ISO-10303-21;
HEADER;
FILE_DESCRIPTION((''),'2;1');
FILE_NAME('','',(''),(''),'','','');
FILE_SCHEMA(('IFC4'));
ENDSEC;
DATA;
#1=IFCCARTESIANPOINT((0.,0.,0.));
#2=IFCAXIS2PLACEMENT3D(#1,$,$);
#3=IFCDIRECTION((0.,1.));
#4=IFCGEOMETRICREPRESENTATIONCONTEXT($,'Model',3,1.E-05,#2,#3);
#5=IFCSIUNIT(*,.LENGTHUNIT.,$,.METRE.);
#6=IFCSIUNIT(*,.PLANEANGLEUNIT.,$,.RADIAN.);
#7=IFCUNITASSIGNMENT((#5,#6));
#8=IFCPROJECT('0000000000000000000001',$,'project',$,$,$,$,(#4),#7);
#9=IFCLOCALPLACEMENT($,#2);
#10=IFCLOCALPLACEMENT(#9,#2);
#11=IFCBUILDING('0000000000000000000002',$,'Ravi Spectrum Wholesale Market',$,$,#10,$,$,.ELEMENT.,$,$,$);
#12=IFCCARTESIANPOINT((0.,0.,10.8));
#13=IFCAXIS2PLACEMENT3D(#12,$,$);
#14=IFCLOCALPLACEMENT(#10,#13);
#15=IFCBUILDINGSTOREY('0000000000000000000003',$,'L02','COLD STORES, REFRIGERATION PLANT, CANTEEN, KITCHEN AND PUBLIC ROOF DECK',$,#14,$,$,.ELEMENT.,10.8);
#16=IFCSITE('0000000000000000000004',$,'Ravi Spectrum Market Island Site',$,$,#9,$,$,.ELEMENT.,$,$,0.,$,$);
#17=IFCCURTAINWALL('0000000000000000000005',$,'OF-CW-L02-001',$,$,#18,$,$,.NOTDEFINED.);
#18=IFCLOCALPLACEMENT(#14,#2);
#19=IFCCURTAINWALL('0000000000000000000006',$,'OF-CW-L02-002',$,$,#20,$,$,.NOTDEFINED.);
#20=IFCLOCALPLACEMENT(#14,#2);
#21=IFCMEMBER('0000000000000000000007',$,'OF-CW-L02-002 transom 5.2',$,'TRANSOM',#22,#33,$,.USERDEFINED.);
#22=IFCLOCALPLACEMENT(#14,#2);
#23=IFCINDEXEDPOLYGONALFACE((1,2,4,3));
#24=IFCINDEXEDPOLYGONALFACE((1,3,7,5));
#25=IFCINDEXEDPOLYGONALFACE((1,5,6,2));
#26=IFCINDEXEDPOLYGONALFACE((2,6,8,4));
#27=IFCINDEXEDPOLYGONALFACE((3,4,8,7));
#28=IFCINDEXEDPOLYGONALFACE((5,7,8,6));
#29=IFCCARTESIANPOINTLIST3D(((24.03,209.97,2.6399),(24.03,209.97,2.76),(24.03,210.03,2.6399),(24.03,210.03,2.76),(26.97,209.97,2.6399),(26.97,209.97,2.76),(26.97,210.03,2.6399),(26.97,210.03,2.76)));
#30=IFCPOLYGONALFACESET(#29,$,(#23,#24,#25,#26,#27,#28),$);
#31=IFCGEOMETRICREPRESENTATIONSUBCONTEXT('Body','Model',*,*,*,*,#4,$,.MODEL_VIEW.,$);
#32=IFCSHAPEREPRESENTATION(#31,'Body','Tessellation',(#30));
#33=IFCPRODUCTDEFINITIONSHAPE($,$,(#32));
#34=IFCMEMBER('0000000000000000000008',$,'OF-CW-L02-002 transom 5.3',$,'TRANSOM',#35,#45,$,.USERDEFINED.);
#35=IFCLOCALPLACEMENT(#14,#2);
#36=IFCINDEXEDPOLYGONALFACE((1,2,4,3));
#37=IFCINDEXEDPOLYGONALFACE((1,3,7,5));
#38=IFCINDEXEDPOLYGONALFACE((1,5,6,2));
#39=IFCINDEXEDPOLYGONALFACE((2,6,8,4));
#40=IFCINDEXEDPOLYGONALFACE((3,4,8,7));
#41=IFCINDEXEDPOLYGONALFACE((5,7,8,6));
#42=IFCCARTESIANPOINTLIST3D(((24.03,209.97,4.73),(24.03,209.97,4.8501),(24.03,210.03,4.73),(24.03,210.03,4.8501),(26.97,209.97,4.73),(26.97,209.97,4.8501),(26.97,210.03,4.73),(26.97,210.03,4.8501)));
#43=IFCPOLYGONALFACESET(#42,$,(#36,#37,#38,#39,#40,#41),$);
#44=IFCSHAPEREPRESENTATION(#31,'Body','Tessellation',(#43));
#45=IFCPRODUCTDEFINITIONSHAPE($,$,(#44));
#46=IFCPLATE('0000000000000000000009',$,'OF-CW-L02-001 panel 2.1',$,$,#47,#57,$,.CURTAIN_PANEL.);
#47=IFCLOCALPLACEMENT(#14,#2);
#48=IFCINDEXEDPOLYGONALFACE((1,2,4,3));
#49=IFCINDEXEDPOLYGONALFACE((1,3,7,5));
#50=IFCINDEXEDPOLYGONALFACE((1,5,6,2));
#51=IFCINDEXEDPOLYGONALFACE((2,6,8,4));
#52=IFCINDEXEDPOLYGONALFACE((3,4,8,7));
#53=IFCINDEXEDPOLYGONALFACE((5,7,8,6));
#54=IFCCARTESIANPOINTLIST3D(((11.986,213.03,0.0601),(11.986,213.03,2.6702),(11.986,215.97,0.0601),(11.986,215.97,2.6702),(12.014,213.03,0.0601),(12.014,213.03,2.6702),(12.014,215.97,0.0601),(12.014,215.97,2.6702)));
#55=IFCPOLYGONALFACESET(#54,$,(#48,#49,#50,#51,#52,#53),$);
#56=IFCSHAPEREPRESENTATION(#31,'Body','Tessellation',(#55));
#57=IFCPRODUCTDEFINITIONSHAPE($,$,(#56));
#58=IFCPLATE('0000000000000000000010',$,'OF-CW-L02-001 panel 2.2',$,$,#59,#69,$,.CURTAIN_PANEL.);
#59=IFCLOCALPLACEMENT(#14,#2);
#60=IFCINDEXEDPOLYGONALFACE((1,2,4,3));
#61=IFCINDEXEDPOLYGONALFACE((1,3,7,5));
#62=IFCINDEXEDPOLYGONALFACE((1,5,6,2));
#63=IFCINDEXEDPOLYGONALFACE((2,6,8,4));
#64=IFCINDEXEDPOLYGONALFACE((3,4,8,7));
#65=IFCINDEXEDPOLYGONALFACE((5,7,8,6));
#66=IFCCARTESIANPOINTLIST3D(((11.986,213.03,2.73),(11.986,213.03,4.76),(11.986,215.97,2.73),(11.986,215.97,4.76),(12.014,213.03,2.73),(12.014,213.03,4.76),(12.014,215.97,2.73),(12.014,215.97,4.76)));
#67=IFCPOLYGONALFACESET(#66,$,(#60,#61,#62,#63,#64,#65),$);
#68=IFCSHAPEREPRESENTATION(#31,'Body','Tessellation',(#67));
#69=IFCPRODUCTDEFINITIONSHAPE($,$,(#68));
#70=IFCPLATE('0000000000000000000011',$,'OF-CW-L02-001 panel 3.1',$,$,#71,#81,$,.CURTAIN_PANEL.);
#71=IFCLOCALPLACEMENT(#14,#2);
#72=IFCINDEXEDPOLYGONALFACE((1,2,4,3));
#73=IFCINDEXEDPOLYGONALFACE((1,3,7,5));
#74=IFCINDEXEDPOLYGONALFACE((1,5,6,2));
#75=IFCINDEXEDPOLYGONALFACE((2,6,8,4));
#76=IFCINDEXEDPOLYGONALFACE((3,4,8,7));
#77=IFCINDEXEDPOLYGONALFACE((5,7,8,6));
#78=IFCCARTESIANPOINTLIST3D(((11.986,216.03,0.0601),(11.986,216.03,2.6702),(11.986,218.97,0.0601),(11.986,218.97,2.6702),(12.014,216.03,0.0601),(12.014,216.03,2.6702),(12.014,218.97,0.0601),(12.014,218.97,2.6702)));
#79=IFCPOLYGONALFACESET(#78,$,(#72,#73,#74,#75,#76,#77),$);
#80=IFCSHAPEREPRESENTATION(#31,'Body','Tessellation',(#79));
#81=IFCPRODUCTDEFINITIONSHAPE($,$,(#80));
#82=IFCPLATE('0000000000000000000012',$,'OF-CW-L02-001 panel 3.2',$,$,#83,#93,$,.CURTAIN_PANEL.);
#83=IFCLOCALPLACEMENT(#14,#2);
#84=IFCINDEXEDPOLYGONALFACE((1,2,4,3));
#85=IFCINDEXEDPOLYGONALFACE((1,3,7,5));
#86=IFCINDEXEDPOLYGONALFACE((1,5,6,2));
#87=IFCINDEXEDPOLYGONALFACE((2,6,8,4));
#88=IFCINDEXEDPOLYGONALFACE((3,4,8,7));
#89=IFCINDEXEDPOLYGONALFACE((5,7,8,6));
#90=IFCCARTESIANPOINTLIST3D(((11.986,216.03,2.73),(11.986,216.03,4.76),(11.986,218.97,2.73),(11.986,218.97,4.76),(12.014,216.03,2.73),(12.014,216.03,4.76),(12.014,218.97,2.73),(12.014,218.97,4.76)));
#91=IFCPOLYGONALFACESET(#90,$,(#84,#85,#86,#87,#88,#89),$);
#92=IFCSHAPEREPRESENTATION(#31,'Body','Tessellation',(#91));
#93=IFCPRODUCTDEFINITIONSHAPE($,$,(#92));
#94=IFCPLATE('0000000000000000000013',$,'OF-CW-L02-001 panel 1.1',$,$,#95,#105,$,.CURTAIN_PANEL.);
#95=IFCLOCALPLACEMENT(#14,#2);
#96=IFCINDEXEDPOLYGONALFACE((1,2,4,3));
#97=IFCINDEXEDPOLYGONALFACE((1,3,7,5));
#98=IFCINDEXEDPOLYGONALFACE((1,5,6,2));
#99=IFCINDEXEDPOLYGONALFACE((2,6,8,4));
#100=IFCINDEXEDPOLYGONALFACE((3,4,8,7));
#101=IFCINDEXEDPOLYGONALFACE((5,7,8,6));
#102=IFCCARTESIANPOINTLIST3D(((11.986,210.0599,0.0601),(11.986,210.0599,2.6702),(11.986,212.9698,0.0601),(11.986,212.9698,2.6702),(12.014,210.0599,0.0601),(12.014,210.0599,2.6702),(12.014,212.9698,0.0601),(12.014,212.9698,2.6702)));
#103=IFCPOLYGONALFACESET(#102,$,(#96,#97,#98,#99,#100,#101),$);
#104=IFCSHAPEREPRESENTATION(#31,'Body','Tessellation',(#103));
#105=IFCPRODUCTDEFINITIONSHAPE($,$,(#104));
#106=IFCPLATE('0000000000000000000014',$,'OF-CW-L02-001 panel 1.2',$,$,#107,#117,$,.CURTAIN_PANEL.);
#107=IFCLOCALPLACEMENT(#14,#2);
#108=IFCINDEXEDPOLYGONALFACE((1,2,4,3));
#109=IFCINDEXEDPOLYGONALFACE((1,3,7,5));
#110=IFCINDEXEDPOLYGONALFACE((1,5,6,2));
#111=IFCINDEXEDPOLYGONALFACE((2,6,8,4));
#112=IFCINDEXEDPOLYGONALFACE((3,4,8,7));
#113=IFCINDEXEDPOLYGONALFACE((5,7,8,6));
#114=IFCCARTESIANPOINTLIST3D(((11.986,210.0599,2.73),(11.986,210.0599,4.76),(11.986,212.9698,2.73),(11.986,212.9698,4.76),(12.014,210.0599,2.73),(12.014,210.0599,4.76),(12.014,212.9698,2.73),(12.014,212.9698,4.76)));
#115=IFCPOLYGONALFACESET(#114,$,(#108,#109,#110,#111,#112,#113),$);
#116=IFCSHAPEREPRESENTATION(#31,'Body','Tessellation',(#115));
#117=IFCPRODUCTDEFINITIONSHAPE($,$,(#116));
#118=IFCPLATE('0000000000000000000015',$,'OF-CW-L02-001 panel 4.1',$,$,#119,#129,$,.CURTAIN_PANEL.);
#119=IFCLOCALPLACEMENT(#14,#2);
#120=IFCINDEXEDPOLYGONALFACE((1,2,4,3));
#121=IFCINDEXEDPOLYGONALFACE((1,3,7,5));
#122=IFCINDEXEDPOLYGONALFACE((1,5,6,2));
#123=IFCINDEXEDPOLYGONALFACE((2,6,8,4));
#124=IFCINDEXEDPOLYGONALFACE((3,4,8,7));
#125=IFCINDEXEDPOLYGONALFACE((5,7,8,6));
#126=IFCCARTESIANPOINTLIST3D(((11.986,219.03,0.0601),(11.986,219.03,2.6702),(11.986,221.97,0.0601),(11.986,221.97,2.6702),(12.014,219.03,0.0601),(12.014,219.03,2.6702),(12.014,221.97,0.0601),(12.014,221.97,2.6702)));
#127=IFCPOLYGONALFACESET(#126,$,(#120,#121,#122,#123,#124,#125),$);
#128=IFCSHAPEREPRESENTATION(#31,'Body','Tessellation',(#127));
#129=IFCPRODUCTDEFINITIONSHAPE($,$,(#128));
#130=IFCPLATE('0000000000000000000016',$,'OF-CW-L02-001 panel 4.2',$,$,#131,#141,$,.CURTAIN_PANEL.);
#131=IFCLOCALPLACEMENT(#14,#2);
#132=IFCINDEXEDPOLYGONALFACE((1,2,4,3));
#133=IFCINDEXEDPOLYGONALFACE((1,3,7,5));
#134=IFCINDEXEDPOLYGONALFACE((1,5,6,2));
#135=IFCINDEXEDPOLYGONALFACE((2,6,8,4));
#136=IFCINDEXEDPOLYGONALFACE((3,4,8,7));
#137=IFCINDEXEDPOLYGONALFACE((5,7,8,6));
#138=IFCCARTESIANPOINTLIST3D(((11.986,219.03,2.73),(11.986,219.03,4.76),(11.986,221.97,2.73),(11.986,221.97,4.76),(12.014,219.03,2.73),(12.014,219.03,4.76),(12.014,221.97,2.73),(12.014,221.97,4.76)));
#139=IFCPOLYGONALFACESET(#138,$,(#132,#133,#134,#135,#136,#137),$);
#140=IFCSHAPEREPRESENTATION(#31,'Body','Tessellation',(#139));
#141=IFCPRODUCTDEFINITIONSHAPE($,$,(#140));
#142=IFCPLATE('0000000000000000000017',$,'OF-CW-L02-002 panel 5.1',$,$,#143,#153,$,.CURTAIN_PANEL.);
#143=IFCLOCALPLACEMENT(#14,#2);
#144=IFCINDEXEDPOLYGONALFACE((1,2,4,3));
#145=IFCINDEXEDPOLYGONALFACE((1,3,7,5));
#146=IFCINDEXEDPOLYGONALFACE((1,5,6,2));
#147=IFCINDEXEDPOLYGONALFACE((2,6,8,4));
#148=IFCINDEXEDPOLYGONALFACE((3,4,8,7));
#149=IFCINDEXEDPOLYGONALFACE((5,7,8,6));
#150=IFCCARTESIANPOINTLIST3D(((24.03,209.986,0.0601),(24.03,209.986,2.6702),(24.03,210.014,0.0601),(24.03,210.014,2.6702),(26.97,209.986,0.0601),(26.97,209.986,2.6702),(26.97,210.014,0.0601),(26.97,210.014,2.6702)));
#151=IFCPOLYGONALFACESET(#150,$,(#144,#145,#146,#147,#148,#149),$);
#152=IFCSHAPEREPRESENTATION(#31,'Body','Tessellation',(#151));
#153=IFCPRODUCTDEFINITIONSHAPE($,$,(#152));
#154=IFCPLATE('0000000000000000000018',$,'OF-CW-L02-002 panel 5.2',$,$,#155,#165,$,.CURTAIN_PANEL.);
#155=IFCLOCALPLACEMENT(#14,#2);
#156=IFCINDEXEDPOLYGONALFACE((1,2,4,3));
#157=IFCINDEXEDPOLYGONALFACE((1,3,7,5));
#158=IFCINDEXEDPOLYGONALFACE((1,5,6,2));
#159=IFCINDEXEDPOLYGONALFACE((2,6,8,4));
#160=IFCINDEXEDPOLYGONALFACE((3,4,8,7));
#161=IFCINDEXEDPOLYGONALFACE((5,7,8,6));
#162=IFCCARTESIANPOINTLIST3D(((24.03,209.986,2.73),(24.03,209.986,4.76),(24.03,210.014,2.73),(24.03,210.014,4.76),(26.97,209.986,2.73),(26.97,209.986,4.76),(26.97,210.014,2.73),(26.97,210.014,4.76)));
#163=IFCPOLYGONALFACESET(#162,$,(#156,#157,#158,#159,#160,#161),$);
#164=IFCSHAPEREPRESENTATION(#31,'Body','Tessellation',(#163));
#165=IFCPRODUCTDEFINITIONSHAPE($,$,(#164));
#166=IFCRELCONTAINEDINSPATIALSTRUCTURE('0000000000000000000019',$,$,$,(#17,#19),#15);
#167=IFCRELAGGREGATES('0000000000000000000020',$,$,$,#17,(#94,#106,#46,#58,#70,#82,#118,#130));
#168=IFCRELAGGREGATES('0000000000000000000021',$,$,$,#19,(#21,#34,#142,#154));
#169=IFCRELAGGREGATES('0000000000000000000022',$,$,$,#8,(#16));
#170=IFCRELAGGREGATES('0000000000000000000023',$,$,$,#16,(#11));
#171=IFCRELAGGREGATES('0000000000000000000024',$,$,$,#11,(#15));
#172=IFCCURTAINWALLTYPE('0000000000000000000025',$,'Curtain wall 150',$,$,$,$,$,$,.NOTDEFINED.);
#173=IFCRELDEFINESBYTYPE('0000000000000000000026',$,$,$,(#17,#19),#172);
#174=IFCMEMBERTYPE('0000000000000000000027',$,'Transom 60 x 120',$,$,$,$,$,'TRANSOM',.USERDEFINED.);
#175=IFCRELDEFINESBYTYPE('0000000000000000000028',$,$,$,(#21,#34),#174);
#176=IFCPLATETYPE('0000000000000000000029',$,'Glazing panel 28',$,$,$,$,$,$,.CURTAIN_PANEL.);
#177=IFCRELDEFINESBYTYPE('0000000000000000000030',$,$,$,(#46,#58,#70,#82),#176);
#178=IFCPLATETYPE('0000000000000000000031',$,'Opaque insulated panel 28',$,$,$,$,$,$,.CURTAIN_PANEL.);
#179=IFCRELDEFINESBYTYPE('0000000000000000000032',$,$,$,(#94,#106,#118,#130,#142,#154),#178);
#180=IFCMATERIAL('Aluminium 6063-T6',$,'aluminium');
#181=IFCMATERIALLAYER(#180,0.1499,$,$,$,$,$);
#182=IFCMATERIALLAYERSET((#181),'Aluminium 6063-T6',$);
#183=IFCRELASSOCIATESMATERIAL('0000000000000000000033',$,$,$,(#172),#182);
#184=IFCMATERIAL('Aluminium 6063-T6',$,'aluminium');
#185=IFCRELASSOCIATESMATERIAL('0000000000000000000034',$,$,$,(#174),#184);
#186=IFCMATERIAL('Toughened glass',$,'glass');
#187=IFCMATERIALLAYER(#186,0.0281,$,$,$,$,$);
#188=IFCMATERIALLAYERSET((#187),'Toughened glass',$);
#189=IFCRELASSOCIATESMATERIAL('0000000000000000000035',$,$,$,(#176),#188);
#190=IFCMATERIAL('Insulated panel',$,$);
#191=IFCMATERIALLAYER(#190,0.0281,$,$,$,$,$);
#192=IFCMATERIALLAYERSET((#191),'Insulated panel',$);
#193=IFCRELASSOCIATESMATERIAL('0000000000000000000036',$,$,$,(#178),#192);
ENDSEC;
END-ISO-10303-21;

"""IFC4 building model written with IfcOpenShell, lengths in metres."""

from ifc_helpers import new_model, si_unit, direction, frame, origin, origin_2d, place, context, subcontext, project, spatial, rectangle, extrude, material, layer, layer_set, material_profile, profile_set, type_object, element, aggregate, save


model = new_model("IFC4")

# Units and contexts
model_context = context("Model", 3, precision=1e-05, world=origin(), true_north=direction((0.0, 1.0)))
body_context = subcontext(model_context, "Body", "Model", "MODEL_VIEW")
ifc_project = project(units=[si_unit("LENGTHUNIT", "METRE"), si_unit("PLANEANGLEUNIT", "RADIAN")], contexts=[model_context])

# Site, building, storey
site_placement = place(None, origin())
site = spatial("IfcSite", under=ifc_project, at=site_placement, Name="Ravi Spectrum Market Island Site", CompositionType="ELEMENT", RefElevation=0.0)
building_placement = place(site_placement, origin())
building = spatial("IfcBuilding", under=site, at=building_placement, Name="Ravi Spectrum Wholesale Market", CompositionType="ELEMENT")
storey_placement = place(building_placement, frame((0.0, 0.0, 10.8)))
storey = spatial("IfcBuildingStorey", under=building, at=storey_placement, Name="L02", Description="COLD STORES, REFRIGERATION PLANT, CANTEEN, KITCHEN AND PUBLIC ROOF DECK", CompositionType="ELEMENT", Elevation=10.8)

# Curtain wall
ifc_material_1 = material(Name="Aluminium 6063-T6", Category="aluminium")
ifc_layer_1 = layer(ifc_material_1, 0.1499)
ifc_layer_set_1 = layer_set([ifc_layer_1], Name="Aluminium 6063-T6")
curtain_wall_type = type_object("IfcCurtainWallType", Name="Curtain wall 150", PredefinedType="NOTDEFINED", material=ifc_layer_set_1)
curtain_wall_1_placement = place(storey_placement, origin())
curtain_wall_1 = element("IfcCurtainWall", 1, at=curtain_wall_1_placement, inside=storey, type_object=curtain_wall_type, Name="OF-CW-L02-001", PredefinedType="NOTDEFINED")

# Curtain wall
curtain_wall_2_placement = place(storey_placement, origin())
curtain_wall_2 = element("IfcCurtainWall", 2, at=curtain_wall_2_placement, inside=storey, type_object=curtain_wall_type, Name="OF-CW-L02-002", PredefinedType="NOTDEFINED")

# Members
ifc_material_2 = material(Name="Aluminium 6063-T6", Category="aluminium")
ifc_material_profile_1 = material_profile(ifc_material_2, rectangle(XDim=0.0601, YDim=0.1201, at=origin_2d()))
ifc_profile_set_1 = profile_set([ifc_material_profile_1], Name="Aluminium 6063-T6")
member_type_1 = type_object("IfcMemberType", Name="Transom 60 x 120", ElementType="TRANSOM", PredefinedType="USERDEFINED", material=ifc_profile_set_1)
member_1_placement = place(storey_placement, frame((24.03, 210.0, 2.7), z_axis=(1.0, 0.0, 0.0), x_axis=(0.0, 1.0, 0.0)))
member_1 = element("IfcMember", 3, at=member_1_placement, type_object=member_type_1, Name="OF-CW-L02-002 transom 5.2", ObjectType="TRANSOM", PredefinedType="USERDEFINED", context=body_context, shape_type="SweptSolid", body=[
    extrude(rectangle(XDim=0.0601, YDim=0.1201, at=origin_2d()), origin(), (0.0, 0.0, 1.0), 2.9399),
])
member_2_placement = place(storey_placement, frame((24.03, 210.0, 4.79), z_axis=(1.0, 0.0, 0.0), x_axis=(0.0, 1.0, 0.0)))
member_2 = element("IfcMember", 4, at=member_2_placement, type_object=member_type_1, Name="OF-CW-L02-002 transom 5.3", ObjectType="TRANSOM", PredefinedType="USERDEFINED", context=body_context, shape_type="SweptSolid", body=[
    extrude(rectangle(XDim=0.0601, YDim=0.1201, at=origin_2d()), origin(), (0.0, 0.0, 1.0), 2.9399),
])

# Plates
ifc_material_3 = material(Name="Toughened glass", Category="glass")
ifc_layer_2 = layer(ifc_material_3, 0.0281)
ifc_layer_set_2 = layer_set([ifc_layer_2], Name="Toughened glass")
plate_type_1 = type_object("IfcPlateType", Name="Glazing panel 28", PredefinedType="CURTAIN_PANEL", material=ifc_layer_set_2)
plate_1_placement = place(storey_placement, frame((12.0, 214.5, 0.0601), z_axis=(0.0, 0.0, 1.0), x_axis=(0.0, 1.0, 0.0)))
plate_1 = element("IfcPlate", 5, at=plate_1_placement, type_object=plate_type_1, Name="OF-CW-L02-001 panel 2.1", PredefinedType="CURTAIN_PANEL", context=body_context, shape_type="SweptSolid", body=[
    extrude(rectangle(XDim=2.9399, YDim=0.0281, at=origin_2d()), origin(), (0.0, 0.0, 1.0), 2.6101),
])
plate_2_placement = place(storey_placement, frame((12.0, 214.5, 2.73), z_axis=(0.0, 0.0, 1.0), x_axis=(0.0, 1.0, 0.0)))
plate_2 = element("IfcPlate", 6, at=plate_2_placement, type_object=plate_type_1, Name="OF-CW-L02-001 panel 2.2", PredefinedType="CURTAIN_PANEL", context=body_context, shape_type="SweptSolid", body=[
    extrude(rectangle(XDim=2.9399, YDim=0.0281, at=origin_2d()), origin(), (0.0, 0.0, 1.0), 2.03),
])
plate_3_placement = place(storey_placement, frame((12.0, 217.5, 0.0601), z_axis=(0.0, 0.0, 1.0), x_axis=(0.0, 1.0, 0.0)))
plate_3 = element("IfcPlate", 7, at=plate_3_placement, type_object=plate_type_1, Name="OF-CW-L02-001 panel 3.1", PredefinedType="CURTAIN_PANEL", context=body_context, shape_type="SweptSolid", body=[
    extrude(rectangle(XDim=2.9399, YDim=0.0281, at=origin_2d()), origin(), (0.0, 0.0, 1.0), 2.6101),
])
plate_4_placement = place(storey_placement, frame((12.0, 217.5, 2.73), z_axis=(0.0, 0.0, 1.0), x_axis=(0.0, 1.0, 0.0)))
plate_4 = element("IfcPlate", 8, at=plate_4_placement, type_object=plate_type_1, Name="OF-CW-L02-001 panel 3.2", PredefinedType="CURTAIN_PANEL", context=body_context, shape_type="SweptSolid", body=[
    extrude(rectangle(XDim=2.9399, YDim=0.0281, at=origin_2d()), origin(), (0.0, 0.0, 1.0), 2.03),
])
ifc_material_4 = material(Name="Insulated panel")
ifc_layer_3 = layer(ifc_material_4, 0.0281)
ifc_layer_set_3 = layer_set([ifc_layer_3], Name="Insulated panel")
plate_type_2 = type_object("IfcPlateType", Name="Opaque insulated panel 28", PredefinedType="CURTAIN_PANEL", material=ifc_layer_set_3)
plate_5_placement = place(storey_placement, frame((12.0, 211.5149, 0.0601), z_axis=(0.0, 0.0, 1.0), x_axis=(0.0, 1.0, 0.0)))
plate_5 = element("IfcPlate", 9, at=plate_5_placement, type_object=plate_type_2, Name="OF-CW-L02-001 panel 1.1", PredefinedType="CURTAIN_PANEL", context=body_context, shape_type="SweptSolid", body=[
    extrude(rectangle(XDim=2.9099, YDim=0.0281, at=origin_2d()), origin(), (0.0, 0.0, 1.0), 2.6101),
])
plate_6_placement = place(storey_placement, frame((12.0, 211.5149, 2.73), z_axis=(0.0, 0.0, 1.0), x_axis=(0.0, 1.0, 0.0)))
plate_6 = element("IfcPlate", 10, at=plate_6_placement, type_object=plate_type_2, Name="OF-CW-L02-001 panel 1.2", PredefinedType="CURTAIN_PANEL", context=body_context, shape_type="SweptSolid", body=[
    extrude(rectangle(XDim=2.9099, YDim=0.0281, at=origin_2d()), origin(), (0.0, 0.0, 1.0), 2.03),
])
plate_7_placement = place(storey_placement, frame((12.0, 220.5, 0.0601), z_axis=(0.0, 0.0, 1.0), x_axis=(0.0, 1.0, 0.0)))
plate_7 = element("IfcPlate", 11, at=plate_7_placement, type_object=plate_type_2, Name="OF-CW-L02-001 panel 4.1", PredefinedType="CURTAIN_PANEL", context=body_context, shape_type="SweptSolid", body=[
    extrude(rectangle(XDim=2.9399, YDim=0.0281, at=origin_2d()), origin(), (0.0, 0.0, 1.0), 2.6101),
])
plate_8_placement = place(storey_placement, frame((12.0, 220.5, 2.73), z_axis=(0.0, 0.0, 1.0), x_axis=(0.0, 1.0, 0.0)))
plate_8 = element("IfcPlate", 12, at=plate_8_placement, type_object=plate_type_2, Name="OF-CW-L02-001 panel 4.2", PredefinedType="CURTAIN_PANEL", context=body_context, shape_type="SweptSolid", body=[
    extrude(rectangle(XDim=2.9399, YDim=0.0281, at=origin_2d()), origin(), (0.0, 0.0, 1.0), 2.03),
])
aggregate(curtain_wall_1, [plate_5, plate_6, plate_1, plate_2, plate_3, plate_4, plate_7, plate_8])
plate_9_placement = place(storey_placement, frame((25.5, 210.0, 0.0601), z_axis=(0.0, 0.0, 1.0), x_axis=(1.0, 0.0, 0.0)))
plate_9 = element("IfcPlate", 13, at=plate_9_placement, type_object=plate_type_2, Name="OF-CW-L02-002 panel 5.1", PredefinedType="CURTAIN_PANEL", context=body_context, shape_type="SweptSolid", body=[
    extrude(rectangle(XDim=2.9399, YDim=0.0281, at=origin_2d()), origin(), (0.0, 0.0, 1.0), 2.6101),
])
plate_10_placement = place(storey_placement, frame((25.5, 210.0, 2.73), z_axis=(0.0, 0.0, 1.0), x_axis=(1.0, 0.0, 0.0)))
plate_10 = element("IfcPlate", 14, at=plate_10_placement, type_object=plate_type_2, Name="OF-CW-L02-002 panel 5.2", PredefinedType="CURTAIN_PANEL", context=body_context, shape_type="SweptSolid", body=[
    extrude(rectangle(XDim=2.9399, YDim=0.0281, at=origin_2d()), origin(), (0.0, 0.0, 1.0), 2.03),
])
aggregate(curtain_wall_2, [member_1, member_2, plate_9, plate_10])

save(model, "model.ifc")
